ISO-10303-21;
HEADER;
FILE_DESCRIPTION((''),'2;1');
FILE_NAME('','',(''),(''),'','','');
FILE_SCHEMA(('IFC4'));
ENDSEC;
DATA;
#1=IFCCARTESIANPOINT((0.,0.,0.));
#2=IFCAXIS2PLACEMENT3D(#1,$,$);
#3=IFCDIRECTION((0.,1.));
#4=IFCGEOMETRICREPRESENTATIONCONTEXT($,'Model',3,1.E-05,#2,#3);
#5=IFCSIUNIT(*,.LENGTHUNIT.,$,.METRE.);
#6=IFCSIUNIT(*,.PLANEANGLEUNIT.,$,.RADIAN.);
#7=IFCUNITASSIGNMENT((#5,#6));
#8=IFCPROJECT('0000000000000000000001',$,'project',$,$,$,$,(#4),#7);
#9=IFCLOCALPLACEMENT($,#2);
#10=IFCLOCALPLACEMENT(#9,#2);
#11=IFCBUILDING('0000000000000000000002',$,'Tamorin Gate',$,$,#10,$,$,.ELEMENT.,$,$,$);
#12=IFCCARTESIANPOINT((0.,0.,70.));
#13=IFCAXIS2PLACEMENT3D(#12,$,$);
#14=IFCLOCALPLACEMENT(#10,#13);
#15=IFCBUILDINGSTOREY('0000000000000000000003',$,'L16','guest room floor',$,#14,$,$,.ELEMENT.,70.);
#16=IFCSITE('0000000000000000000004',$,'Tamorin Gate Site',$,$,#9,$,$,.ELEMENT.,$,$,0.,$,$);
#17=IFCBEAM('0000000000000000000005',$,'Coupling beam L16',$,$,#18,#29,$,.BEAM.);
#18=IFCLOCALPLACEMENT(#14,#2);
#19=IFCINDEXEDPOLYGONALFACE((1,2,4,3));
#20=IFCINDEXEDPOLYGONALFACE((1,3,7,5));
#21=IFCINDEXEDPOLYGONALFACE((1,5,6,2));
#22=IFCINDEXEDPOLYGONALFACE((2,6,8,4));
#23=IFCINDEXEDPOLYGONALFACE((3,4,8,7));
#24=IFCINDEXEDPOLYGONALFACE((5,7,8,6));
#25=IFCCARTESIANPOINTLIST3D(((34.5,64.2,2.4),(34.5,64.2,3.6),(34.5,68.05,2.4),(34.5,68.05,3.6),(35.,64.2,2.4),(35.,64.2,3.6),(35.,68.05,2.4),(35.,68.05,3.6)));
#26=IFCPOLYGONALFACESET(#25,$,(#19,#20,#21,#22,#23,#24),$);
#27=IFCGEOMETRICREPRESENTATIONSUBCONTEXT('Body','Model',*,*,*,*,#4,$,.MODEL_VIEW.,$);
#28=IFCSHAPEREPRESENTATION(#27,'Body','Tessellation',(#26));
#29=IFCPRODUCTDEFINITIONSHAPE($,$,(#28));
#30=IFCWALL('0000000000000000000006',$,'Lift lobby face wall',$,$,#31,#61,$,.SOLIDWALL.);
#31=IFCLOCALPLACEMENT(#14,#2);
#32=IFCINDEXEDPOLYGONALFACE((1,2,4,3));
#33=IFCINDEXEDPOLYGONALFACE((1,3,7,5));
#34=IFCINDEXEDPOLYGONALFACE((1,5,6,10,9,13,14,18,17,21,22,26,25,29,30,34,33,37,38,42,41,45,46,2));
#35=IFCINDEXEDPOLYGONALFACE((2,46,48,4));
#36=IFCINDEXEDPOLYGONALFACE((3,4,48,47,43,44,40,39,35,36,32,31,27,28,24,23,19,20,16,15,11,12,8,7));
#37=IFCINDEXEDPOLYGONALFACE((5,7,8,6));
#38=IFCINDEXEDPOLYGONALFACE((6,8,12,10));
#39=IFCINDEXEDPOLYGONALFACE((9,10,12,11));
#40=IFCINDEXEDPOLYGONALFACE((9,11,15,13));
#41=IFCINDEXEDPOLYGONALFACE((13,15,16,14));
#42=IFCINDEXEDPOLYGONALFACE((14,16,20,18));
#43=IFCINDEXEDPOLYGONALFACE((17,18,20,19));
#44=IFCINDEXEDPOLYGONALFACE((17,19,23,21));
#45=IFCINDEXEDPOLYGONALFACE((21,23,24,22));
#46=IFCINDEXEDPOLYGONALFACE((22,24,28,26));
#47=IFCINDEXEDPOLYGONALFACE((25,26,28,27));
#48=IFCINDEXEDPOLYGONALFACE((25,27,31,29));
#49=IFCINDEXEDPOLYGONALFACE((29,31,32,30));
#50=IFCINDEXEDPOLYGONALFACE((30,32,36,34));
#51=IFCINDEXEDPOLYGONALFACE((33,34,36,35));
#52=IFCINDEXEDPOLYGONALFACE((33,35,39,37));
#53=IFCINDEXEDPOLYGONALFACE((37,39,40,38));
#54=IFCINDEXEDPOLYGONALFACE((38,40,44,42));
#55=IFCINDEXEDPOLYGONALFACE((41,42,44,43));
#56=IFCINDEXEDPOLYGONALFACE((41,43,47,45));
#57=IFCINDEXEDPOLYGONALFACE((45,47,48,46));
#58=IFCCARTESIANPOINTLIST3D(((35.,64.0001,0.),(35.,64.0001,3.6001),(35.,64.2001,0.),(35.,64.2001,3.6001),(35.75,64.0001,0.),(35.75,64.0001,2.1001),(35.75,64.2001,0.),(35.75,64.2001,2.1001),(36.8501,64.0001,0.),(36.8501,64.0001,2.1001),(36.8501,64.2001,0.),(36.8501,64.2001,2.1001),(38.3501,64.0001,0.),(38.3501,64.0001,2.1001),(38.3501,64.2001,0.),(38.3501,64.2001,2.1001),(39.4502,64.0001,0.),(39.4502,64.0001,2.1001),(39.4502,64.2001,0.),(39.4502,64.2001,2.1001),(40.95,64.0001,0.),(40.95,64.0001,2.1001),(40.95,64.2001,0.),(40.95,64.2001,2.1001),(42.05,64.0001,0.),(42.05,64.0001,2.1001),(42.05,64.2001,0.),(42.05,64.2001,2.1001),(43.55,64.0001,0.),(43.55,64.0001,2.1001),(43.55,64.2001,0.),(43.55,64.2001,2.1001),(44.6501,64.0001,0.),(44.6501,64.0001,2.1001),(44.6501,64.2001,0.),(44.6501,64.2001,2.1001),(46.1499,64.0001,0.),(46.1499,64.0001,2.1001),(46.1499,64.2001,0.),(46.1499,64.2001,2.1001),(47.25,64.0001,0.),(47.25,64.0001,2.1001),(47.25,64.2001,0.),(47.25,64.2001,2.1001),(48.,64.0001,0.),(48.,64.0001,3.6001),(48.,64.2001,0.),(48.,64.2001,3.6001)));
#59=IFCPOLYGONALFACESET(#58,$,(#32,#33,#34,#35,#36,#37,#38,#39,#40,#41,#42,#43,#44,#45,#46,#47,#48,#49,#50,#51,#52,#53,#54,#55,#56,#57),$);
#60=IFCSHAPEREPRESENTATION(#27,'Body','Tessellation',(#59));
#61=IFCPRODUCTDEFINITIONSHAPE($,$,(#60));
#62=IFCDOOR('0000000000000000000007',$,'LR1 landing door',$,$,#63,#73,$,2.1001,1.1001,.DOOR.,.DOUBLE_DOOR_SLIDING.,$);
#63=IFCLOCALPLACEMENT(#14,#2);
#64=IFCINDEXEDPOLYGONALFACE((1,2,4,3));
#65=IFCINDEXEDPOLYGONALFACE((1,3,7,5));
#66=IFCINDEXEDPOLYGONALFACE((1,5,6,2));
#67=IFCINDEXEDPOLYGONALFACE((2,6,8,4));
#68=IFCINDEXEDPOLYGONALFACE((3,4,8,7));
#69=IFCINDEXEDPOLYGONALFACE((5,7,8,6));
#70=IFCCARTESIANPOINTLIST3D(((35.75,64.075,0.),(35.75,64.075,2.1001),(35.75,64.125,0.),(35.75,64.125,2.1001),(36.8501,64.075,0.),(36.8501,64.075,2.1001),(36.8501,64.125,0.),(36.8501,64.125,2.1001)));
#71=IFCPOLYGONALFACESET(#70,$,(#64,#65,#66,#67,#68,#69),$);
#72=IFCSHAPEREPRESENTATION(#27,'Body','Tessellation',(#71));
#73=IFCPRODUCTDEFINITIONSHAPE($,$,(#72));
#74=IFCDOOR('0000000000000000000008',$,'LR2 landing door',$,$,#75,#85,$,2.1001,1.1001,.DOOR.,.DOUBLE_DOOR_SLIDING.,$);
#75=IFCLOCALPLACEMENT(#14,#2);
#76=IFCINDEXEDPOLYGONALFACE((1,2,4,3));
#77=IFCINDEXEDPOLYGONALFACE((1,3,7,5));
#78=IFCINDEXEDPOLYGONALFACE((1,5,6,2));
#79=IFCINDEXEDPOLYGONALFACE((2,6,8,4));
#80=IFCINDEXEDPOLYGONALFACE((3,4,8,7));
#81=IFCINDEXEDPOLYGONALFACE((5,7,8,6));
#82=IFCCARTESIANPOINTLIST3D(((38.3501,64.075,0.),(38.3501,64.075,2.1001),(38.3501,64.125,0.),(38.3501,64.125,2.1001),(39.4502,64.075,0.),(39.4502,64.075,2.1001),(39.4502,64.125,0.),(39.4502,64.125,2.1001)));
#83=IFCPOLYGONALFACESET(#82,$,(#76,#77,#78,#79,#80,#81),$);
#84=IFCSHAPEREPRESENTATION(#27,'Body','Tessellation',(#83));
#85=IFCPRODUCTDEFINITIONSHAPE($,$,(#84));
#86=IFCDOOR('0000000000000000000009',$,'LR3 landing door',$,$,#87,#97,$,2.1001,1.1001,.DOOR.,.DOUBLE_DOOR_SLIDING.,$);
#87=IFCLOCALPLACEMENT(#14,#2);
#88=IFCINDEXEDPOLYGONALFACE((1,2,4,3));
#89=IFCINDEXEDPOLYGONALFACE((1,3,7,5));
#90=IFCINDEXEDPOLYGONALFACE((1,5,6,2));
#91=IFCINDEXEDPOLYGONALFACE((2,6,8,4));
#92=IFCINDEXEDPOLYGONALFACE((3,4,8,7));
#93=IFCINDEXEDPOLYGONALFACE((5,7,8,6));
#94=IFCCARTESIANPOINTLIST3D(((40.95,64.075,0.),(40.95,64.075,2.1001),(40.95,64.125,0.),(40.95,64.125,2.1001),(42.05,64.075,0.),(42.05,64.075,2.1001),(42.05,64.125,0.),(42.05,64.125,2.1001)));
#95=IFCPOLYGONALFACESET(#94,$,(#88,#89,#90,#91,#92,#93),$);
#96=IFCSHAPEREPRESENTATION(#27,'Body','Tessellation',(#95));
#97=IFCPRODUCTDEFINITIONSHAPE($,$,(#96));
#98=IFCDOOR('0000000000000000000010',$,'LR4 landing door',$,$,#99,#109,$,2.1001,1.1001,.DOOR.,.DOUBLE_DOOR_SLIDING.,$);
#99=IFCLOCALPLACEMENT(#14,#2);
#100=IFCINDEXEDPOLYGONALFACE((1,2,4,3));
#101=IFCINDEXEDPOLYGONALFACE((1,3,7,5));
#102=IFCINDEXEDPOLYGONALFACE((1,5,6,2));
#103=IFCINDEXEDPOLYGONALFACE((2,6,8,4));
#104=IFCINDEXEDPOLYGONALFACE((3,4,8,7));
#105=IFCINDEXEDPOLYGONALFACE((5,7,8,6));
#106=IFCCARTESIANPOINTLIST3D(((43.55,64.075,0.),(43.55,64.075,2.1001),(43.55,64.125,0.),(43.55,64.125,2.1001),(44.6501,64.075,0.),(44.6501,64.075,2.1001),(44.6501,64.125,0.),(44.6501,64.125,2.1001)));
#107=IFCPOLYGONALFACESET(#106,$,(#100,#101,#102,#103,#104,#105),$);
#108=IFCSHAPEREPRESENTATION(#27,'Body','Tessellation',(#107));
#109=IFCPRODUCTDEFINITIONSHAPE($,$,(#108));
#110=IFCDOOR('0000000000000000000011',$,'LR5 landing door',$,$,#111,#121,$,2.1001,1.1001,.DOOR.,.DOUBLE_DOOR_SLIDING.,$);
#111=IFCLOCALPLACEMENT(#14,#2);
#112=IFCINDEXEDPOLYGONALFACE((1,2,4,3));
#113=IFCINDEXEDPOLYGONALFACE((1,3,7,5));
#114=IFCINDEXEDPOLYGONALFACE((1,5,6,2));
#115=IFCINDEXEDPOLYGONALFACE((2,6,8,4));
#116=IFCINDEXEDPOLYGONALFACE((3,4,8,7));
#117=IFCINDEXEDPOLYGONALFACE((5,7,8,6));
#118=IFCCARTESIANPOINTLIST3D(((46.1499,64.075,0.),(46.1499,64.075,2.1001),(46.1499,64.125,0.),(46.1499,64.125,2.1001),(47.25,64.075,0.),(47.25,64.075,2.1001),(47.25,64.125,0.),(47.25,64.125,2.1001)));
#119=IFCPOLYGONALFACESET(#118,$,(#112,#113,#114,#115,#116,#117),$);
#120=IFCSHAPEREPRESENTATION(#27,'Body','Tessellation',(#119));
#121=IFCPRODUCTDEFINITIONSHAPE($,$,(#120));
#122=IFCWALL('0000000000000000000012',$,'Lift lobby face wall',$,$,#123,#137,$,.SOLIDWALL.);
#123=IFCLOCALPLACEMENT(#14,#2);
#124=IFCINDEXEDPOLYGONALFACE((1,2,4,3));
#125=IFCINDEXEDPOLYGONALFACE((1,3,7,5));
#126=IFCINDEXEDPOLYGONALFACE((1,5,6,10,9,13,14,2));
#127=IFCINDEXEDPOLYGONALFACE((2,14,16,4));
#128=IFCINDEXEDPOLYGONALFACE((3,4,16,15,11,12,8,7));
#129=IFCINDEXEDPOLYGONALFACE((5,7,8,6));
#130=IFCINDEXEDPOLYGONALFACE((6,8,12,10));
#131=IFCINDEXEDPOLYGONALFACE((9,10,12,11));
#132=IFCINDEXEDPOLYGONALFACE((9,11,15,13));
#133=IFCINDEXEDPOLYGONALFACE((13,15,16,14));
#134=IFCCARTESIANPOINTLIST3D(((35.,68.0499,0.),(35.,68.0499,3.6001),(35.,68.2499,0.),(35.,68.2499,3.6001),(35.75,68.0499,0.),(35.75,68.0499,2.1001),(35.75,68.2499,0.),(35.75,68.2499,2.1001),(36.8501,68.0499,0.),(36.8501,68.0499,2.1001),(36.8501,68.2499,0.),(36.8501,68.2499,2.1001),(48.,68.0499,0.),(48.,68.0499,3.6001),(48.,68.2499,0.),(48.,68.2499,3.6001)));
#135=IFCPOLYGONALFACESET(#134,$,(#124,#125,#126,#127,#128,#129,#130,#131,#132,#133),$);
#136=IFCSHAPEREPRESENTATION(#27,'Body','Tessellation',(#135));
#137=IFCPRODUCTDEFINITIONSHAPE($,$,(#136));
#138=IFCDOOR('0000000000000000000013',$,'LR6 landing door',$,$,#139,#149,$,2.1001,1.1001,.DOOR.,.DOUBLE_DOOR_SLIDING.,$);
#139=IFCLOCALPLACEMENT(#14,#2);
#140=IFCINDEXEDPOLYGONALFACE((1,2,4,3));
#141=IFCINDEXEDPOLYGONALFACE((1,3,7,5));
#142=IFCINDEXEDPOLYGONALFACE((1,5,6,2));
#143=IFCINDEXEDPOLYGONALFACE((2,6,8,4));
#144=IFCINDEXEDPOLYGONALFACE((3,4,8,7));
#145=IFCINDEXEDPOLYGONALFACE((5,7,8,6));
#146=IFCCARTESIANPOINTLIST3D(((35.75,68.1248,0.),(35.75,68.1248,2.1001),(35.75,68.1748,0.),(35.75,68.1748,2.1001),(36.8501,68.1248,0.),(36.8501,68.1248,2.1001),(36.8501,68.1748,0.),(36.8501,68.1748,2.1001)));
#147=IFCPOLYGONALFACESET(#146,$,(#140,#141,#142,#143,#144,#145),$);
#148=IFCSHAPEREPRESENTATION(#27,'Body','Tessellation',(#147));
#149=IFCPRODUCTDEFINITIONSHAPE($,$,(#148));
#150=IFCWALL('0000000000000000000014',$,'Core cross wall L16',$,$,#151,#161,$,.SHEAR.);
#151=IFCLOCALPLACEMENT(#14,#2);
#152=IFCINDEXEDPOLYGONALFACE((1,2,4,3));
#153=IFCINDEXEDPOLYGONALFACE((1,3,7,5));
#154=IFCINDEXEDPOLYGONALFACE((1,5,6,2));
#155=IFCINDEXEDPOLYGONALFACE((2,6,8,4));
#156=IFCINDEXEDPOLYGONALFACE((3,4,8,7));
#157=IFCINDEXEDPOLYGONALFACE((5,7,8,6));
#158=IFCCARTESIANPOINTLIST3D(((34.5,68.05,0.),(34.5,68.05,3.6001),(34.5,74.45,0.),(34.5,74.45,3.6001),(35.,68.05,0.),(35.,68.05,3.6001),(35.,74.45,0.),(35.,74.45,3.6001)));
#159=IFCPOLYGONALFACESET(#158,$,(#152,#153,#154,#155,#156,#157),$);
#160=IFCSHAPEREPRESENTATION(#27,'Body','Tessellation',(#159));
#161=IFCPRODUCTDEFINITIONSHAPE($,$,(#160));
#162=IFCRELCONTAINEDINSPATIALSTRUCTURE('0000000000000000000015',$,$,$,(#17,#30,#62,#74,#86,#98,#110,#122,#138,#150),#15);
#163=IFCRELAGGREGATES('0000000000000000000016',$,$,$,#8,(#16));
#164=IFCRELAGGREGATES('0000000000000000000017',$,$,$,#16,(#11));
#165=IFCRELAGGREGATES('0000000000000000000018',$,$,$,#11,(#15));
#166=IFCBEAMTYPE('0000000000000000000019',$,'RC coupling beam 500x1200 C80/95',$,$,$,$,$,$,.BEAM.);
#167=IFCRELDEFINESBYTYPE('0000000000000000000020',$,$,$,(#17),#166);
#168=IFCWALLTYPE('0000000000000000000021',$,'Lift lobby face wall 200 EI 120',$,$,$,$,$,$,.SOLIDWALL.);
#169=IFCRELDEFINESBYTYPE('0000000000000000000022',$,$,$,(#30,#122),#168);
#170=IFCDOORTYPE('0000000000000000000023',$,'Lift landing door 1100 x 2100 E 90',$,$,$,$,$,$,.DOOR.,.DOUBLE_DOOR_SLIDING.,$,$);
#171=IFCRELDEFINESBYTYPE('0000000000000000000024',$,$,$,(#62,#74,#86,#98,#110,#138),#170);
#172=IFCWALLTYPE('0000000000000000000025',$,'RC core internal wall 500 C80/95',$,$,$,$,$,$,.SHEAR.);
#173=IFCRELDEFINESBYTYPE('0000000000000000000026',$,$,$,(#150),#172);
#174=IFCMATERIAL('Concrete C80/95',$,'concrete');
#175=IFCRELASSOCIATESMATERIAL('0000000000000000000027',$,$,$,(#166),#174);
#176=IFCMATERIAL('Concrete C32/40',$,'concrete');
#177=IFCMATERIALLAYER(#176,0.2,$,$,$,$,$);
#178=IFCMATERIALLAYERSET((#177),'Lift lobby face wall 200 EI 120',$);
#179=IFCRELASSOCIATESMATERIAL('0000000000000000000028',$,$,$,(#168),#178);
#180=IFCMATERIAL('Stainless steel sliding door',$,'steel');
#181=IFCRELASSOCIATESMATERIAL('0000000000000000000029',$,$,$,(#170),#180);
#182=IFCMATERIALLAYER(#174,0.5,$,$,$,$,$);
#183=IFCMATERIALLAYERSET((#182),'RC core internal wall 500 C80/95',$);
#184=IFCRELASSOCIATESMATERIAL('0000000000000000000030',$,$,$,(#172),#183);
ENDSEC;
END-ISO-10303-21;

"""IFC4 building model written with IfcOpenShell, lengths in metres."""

from ifc_helpers import new_model, si_unit, direction, frame, frame_2d, origin, origin_2d, place, context, subcontext, project, spatial, rectangle, extrude, material, layer, layer_set, material_profile, profile_set, type_object, element, fill, save


model = new_model("IFC4")

# Units and contexts
model_context = context("Model", 3, precision=1e-05, world=origin(), true_north=direction((0.0, 1.0)))
body_context = subcontext(model_context, "Body", "Model", "MODEL_VIEW")
ifc_project = project(units=[si_unit("LENGTHUNIT", "METRE"), si_unit("PLANEANGLEUNIT", "RADIAN")], contexts=[model_context])

# Site, building, storey
site_placement = place(None, origin())
site = spatial("IfcSite", under=ifc_project, at=site_placement, Name="Tamorin Gate Site", CompositionType="ELEMENT", RefElevation=0.0)
building_placement = place(site_placement, origin())
building = spatial("IfcBuilding", under=site, at=building_placement, Name="Tamorin Gate", CompositionType="ELEMENT")
storey_placement = place(building_placement, frame((0.0, 0.0, 70.0)))
storey = spatial("IfcBuildingStorey", under=building, at=storey_placement, Name="L16", Description="guest room floor", CompositionType="ELEMENT", Elevation=70.0)

# Beam
ifc_material_1 = material(Name="Concrete C80/95", Category="concrete")
ifc_material_profile = material_profile(ifc_material_1, rectangle(XDim=0.5, YDim=1.2, at=origin_2d()), Name="RC 500x1200")
ifc_profile_set = profile_set([ifc_material_profile], Name="Concrete C80/95")
beam_type = type_object("IfcBeamType", Name="RC coupling beam 500x1200 C80/95", PredefinedType="BEAM", material=ifc_profile_set)
beam_placement = place(storey_placement, frame((34.75, 64.2, 3.0), z_axis=(0.0, 1.0, 0.0), x_axis=(-1.0, 0.0, 0.0)))
element("IfcBeam", 1, at=beam_placement, inside=storey, type_object=beam_type, Name="Coupling beam L16", PredefinedType="BEAM", context=body_context, shape_type="SweptSolid", body=[
    extrude(rectangle(XDim=0.5, YDim=1.2, at=origin_2d()), origin(), (0.0, 0.0, 1.0), 3.8501),
])

# Wall, openings, doors
ifc_material_2 = material(Name="Concrete C32/40", Category="concrete")
ifc_layer_1 = layer(ifc_material_2, 0.2)
ifc_layer_set_1 = layer_set([ifc_layer_1], Name="Lift lobby face wall 200 EI 120")
wall_type_1 = type_object("IfcWallType", Name="Lift lobby face wall 200 EI 120", PredefinedType="SOLIDWALL", material=ifc_layer_set_1)
wall_1_placement = place(storey_placement, frame((35.0, 64.1001, 0.0), z_axis=(0.0, 0.0, 1.0), x_axis=(1.0, 0.0, 0.0)))
wall_1 = element("IfcWall", 2, at=wall_1_placement, inside=storey, type_object=wall_type_1, Name="Lift lobby face wall", PredefinedType="SOLIDWALL", context=body_context, shape_type="SweptSolid", body=[
    extrude(rectangle(XDim=13.0, YDim=0.2, at=frame_2d((6.5, 0.0))), origin(), (0.0, 0.0, 1.0), 3.6001),
])
opening_1_placement = place(wall_1_placement, frame((0.75, 0.0, 0.0)))
opening_1 = element("IfcOpeningElement", 3, at=opening_1_placement, cuts=wall_1, PredefinedType="OPENING", context=body_context, shape_type="SweptSolid", body=[
    extrude(rectangle(XDim=1.1001, YDim=2.1001, at=frame_2d((0.55, 1.05))), frame((0.0, 0.1099, 0.0), z_axis=(0.0, -1.0, 0.0), x_axis=(1.0, 0.0, 0.0)), (0.0, 0.0, 1.0), 0.22),
])
opening_2_placement = place(wall_1_placement, frame((3.3501, 0.0, 0.0)))
opening_2 = element("IfcOpeningElement", 4, at=opening_2_placement, cuts=wall_1, PredefinedType="OPENING", context=body_context, shape_type="SweptSolid", body=[
    extrude(rectangle(XDim=1.1001, YDim=2.1001, at=frame_2d((0.55, 1.05))), frame((0.0, 0.1099, 0.0), z_axis=(0.0, -1.0, 0.0), x_axis=(1.0, 0.0, 0.0)), (0.0, 0.0, 1.0), 0.22),
])
opening_3_placement = place(wall_1_placement, frame((5.95, 0.0, 0.0)))
opening_3 = element("IfcOpeningElement", 5, at=opening_3_placement, cuts=wall_1, PredefinedType="OPENING", context=body_context, shape_type="SweptSolid", body=[
    extrude(rectangle(XDim=1.1001, YDim=2.1001, at=frame_2d((0.55, 1.05))), frame((0.0, 0.1099, 0.0), z_axis=(0.0, -1.0, 0.0), x_axis=(1.0, 0.0, 0.0)), (0.0, 0.0, 1.0), 0.22),
])
opening_4_placement = place(wall_1_placement, frame((8.55, 0.0, 0.0)))
opening_4 = element("IfcOpeningElement", 6, at=opening_4_placement, cuts=wall_1, PredefinedType="OPENING", context=body_context, shape_type="SweptSolid", body=[
    extrude(rectangle(XDim=1.1001, YDim=2.1001, at=frame_2d((0.55, 1.05))), frame((0.0, 0.1099, 0.0), z_axis=(0.0, -1.0, 0.0), x_axis=(1.0, 0.0, 0.0)), (0.0, 0.0, 1.0), 0.22),
])
opening_5_placement = place(wall_1_placement, frame((11.1499, 0.0, 0.0)))
opening_5 = element("IfcOpeningElement", 7, at=opening_5_placement, cuts=wall_1, PredefinedType="OPENING", context=body_context, shape_type="SweptSolid", body=[
    extrude(rectangle(XDim=1.1001, YDim=2.1001, at=frame_2d((0.55, 1.05))), frame((0.0, 0.1099, 0.0), z_axis=(0.0, -1.0, 0.0), x_axis=(1.0, 0.0, 0.0)), (0.0, 0.0, 1.0), 0.22),
])
ifc_material_3 = material(Name="Stainless steel sliding door", Category="steel")
door_type_1 = type_object("IfcDoorType", Name="Lift landing door 1100 x 2100 E 90", OperationType="DOUBLE_DOOR_SLIDING", PredefinedType="DOOR", material=ifc_material_3)
door_1_placement = place(opening_1_placement, origin())
door_1 = element("IfcDoor", 8, at=door_1_placement, inside=storey, type_object=door_type_1, Name="LR1 landing door", OperationType="DOUBLE_DOOR_SLIDING", OverallHeight=2.1001, OverallWidth=1.1001, PredefinedType="DOOR", context=body_context, shape_type="SweptSolid", body=[
    extrude(rectangle(XDim=1.1001, YDim=2.1001, at=frame_2d((0.55, 1.05))), frame((0.0, 0.0249, 0.0), z_axis=(0.0, -1.0, 0.0), x_axis=(1.0, 0.0, 0.0)), (0.0, 0.0, 1.0), 0.05),
])
fill(opening_1, door_1)
door_2_placement = place(opening_2_placement, origin())
door_2 = element("IfcDoor", 9, at=door_2_placement, inside=storey, type_object=door_type_1, Name="LR2 landing door", OperationType="DOUBLE_DOOR_SLIDING", OverallHeight=2.1001, OverallWidth=1.1001, PredefinedType="DOOR", context=body_context, shape_type="SweptSolid", body=[
    extrude(rectangle(XDim=1.1001, YDim=2.1001, at=frame_2d((0.55, 1.05))), frame((0.0, 0.0249, 0.0), z_axis=(0.0, -1.0, 0.0), x_axis=(1.0, 0.0, 0.0)), (0.0, 0.0, 1.0), 0.05),
])
fill(opening_2, door_2)
door_3_placement = place(opening_3_placement, origin())
door_3 = element("IfcDoor", 10, at=door_3_placement, inside=storey, type_object=door_type_1, Name="LR3 landing door", OperationType="DOUBLE_DOOR_SLIDING", OverallHeight=2.1001, OverallWidth=1.1001, PredefinedType="DOOR", context=body_context, shape_type="SweptSolid", body=[
    extrude(rectangle(XDim=1.1001, YDim=2.1001, at=frame_2d((0.55, 1.05))), frame((0.0, 0.0249, 0.0), z_axis=(0.0, -1.0, 0.0), x_axis=(1.0, 0.0, 0.0)), (0.0, 0.0, 1.0), 0.05),
])
fill(opening_3, door_3)
door_4_placement = place(opening_4_placement, origin())
door_4 = element("IfcDoor", 11, at=door_4_placement, inside=storey, type_object=door_type_1, Name="LR4 landing door", OperationType="DOUBLE_DOOR_SLIDING", OverallHeight=2.1001, OverallWidth=1.1001, PredefinedType="DOOR", context=body_context, shape_type="SweptSolid", body=[
    extrude(rectangle(XDim=1.1001, YDim=2.1001, at=frame_2d((0.55, 1.05))), frame((0.0, 0.0249, 0.0), z_axis=(0.0, -1.0, 0.0), x_axis=(1.0, 0.0, 0.0)), (0.0, 0.0, 1.0), 0.05),
])
fill(opening_4, door_4)
door_5_placement = place(opening_5_placement, origin())
door_5 = element("IfcDoor", 12, at=door_5_placement, inside=storey, type_object=door_type_1, Name="LR5 landing door", OperationType="DOUBLE_DOOR_SLIDING", OverallHeight=2.1001, OverallWidth=1.1001, PredefinedType="DOOR", context=body_context, shape_type="SweptSolid", body=[
    extrude(rectangle(XDim=1.1001, YDim=2.1001, at=frame_2d((0.55, 1.05))), frame((0.0, 0.0249, 0.0), z_axis=(0.0, -1.0, 0.0), x_axis=(1.0, 0.0, 0.0)), (0.0, 0.0, 1.0), 0.05),
])
fill(opening_5, door_5)

# Wall, opening, door
wall_2_placement = place(storey_placement, frame((35.0, 68.1499, 0.0), z_axis=(0.0, 0.0, 1.0), x_axis=(1.0, 0.0, 0.0)))
wall_2 = element("IfcWall", 13, at=wall_2_placement, inside=storey, type_object=wall_type_1, Name="Lift lobby face wall", PredefinedType="SOLIDWALL", context=body_context, shape_type="SweptSolid", body=[
    extrude(rectangle(XDim=13.0, YDim=0.2, at=frame_2d((6.5, 0.0))), origin(), (0.0, 0.0, 1.0), 3.6001),
])
opening_6_placement = place(wall_2_placement, frame((0.75, 0.0, 0.0)))
opening_6 = element("IfcOpeningElement", 14, at=opening_6_placement, cuts=wall_2, PredefinedType="OPENING", context=body_context, shape_type="SweptSolid", body=[
    extrude(rectangle(XDim=1.1001, YDim=2.1001, at=frame_2d((0.55, 1.05))), frame((0.0, 0.1099, 0.0), z_axis=(0.0, -1.0, 0.0), x_axis=(1.0, 0.0, 0.0)), (0.0, 0.0, 1.0), 0.22),
])
door_6_placement = place(opening_6_placement, origin())
door_6 = element("IfcDoor", 15, at=door_6_placement, inside=storey, type_object=door_type_1, Name="LR6 landing door", OperationType="DOUBLE_DOOR_SLIDING", OverallHeight=2.1001, OverallWidth=1.1001, PredefinedType="DOOR", context=body_context, shape_type="SweptSolid", body=[
    extrude(rectangle(XDim=1.1001, YDim=2.1001, at=frame_2d((0.55, 1.05))), frame((0.0, 0.0249, 0.0), z_axis=(0.0, -1.0, 0.0), x_axis=(1.0, 0.0, 0.0)), (0.0, 0.0, 1.0), 0.05),
])
fill(opening_6, door_6)

# Wall
ifc_layer_2 = layer(ifc_material_1, 0.5)
ifc_layer_set_2 = layer_set([ifc_layer_2], Name="RC core internal wall 500 C80/95")
wall_type_2 = type_object("IfcWallType", Name="RC core internal wall 500 C80/95", PredefinedType="SHEAR", material=ifc_layer_set_2)
wall_3_placement = place(storey_placement, frame((34.75, 68.05, 0.0), z_axis=(0.0, 0.0, 1.0), x_axis=(0.0, 1.0, 0.0)))
element("IfcWall", 16, at=wall_3_placement, inside=storey, type_object=wall_type_2, Name="Core cross wall L16", PredefinedType="SHEAR", context=body_context, shape_type="SweptSolid", body=[
    extrude(rectangle(XDim=6.3999, YDim=0.5, at=frame_2d((3.2, 0.0))), origin(), (0.0, 0.0, 1.0), 3.6001),
])

save(model, "model.ifc")
